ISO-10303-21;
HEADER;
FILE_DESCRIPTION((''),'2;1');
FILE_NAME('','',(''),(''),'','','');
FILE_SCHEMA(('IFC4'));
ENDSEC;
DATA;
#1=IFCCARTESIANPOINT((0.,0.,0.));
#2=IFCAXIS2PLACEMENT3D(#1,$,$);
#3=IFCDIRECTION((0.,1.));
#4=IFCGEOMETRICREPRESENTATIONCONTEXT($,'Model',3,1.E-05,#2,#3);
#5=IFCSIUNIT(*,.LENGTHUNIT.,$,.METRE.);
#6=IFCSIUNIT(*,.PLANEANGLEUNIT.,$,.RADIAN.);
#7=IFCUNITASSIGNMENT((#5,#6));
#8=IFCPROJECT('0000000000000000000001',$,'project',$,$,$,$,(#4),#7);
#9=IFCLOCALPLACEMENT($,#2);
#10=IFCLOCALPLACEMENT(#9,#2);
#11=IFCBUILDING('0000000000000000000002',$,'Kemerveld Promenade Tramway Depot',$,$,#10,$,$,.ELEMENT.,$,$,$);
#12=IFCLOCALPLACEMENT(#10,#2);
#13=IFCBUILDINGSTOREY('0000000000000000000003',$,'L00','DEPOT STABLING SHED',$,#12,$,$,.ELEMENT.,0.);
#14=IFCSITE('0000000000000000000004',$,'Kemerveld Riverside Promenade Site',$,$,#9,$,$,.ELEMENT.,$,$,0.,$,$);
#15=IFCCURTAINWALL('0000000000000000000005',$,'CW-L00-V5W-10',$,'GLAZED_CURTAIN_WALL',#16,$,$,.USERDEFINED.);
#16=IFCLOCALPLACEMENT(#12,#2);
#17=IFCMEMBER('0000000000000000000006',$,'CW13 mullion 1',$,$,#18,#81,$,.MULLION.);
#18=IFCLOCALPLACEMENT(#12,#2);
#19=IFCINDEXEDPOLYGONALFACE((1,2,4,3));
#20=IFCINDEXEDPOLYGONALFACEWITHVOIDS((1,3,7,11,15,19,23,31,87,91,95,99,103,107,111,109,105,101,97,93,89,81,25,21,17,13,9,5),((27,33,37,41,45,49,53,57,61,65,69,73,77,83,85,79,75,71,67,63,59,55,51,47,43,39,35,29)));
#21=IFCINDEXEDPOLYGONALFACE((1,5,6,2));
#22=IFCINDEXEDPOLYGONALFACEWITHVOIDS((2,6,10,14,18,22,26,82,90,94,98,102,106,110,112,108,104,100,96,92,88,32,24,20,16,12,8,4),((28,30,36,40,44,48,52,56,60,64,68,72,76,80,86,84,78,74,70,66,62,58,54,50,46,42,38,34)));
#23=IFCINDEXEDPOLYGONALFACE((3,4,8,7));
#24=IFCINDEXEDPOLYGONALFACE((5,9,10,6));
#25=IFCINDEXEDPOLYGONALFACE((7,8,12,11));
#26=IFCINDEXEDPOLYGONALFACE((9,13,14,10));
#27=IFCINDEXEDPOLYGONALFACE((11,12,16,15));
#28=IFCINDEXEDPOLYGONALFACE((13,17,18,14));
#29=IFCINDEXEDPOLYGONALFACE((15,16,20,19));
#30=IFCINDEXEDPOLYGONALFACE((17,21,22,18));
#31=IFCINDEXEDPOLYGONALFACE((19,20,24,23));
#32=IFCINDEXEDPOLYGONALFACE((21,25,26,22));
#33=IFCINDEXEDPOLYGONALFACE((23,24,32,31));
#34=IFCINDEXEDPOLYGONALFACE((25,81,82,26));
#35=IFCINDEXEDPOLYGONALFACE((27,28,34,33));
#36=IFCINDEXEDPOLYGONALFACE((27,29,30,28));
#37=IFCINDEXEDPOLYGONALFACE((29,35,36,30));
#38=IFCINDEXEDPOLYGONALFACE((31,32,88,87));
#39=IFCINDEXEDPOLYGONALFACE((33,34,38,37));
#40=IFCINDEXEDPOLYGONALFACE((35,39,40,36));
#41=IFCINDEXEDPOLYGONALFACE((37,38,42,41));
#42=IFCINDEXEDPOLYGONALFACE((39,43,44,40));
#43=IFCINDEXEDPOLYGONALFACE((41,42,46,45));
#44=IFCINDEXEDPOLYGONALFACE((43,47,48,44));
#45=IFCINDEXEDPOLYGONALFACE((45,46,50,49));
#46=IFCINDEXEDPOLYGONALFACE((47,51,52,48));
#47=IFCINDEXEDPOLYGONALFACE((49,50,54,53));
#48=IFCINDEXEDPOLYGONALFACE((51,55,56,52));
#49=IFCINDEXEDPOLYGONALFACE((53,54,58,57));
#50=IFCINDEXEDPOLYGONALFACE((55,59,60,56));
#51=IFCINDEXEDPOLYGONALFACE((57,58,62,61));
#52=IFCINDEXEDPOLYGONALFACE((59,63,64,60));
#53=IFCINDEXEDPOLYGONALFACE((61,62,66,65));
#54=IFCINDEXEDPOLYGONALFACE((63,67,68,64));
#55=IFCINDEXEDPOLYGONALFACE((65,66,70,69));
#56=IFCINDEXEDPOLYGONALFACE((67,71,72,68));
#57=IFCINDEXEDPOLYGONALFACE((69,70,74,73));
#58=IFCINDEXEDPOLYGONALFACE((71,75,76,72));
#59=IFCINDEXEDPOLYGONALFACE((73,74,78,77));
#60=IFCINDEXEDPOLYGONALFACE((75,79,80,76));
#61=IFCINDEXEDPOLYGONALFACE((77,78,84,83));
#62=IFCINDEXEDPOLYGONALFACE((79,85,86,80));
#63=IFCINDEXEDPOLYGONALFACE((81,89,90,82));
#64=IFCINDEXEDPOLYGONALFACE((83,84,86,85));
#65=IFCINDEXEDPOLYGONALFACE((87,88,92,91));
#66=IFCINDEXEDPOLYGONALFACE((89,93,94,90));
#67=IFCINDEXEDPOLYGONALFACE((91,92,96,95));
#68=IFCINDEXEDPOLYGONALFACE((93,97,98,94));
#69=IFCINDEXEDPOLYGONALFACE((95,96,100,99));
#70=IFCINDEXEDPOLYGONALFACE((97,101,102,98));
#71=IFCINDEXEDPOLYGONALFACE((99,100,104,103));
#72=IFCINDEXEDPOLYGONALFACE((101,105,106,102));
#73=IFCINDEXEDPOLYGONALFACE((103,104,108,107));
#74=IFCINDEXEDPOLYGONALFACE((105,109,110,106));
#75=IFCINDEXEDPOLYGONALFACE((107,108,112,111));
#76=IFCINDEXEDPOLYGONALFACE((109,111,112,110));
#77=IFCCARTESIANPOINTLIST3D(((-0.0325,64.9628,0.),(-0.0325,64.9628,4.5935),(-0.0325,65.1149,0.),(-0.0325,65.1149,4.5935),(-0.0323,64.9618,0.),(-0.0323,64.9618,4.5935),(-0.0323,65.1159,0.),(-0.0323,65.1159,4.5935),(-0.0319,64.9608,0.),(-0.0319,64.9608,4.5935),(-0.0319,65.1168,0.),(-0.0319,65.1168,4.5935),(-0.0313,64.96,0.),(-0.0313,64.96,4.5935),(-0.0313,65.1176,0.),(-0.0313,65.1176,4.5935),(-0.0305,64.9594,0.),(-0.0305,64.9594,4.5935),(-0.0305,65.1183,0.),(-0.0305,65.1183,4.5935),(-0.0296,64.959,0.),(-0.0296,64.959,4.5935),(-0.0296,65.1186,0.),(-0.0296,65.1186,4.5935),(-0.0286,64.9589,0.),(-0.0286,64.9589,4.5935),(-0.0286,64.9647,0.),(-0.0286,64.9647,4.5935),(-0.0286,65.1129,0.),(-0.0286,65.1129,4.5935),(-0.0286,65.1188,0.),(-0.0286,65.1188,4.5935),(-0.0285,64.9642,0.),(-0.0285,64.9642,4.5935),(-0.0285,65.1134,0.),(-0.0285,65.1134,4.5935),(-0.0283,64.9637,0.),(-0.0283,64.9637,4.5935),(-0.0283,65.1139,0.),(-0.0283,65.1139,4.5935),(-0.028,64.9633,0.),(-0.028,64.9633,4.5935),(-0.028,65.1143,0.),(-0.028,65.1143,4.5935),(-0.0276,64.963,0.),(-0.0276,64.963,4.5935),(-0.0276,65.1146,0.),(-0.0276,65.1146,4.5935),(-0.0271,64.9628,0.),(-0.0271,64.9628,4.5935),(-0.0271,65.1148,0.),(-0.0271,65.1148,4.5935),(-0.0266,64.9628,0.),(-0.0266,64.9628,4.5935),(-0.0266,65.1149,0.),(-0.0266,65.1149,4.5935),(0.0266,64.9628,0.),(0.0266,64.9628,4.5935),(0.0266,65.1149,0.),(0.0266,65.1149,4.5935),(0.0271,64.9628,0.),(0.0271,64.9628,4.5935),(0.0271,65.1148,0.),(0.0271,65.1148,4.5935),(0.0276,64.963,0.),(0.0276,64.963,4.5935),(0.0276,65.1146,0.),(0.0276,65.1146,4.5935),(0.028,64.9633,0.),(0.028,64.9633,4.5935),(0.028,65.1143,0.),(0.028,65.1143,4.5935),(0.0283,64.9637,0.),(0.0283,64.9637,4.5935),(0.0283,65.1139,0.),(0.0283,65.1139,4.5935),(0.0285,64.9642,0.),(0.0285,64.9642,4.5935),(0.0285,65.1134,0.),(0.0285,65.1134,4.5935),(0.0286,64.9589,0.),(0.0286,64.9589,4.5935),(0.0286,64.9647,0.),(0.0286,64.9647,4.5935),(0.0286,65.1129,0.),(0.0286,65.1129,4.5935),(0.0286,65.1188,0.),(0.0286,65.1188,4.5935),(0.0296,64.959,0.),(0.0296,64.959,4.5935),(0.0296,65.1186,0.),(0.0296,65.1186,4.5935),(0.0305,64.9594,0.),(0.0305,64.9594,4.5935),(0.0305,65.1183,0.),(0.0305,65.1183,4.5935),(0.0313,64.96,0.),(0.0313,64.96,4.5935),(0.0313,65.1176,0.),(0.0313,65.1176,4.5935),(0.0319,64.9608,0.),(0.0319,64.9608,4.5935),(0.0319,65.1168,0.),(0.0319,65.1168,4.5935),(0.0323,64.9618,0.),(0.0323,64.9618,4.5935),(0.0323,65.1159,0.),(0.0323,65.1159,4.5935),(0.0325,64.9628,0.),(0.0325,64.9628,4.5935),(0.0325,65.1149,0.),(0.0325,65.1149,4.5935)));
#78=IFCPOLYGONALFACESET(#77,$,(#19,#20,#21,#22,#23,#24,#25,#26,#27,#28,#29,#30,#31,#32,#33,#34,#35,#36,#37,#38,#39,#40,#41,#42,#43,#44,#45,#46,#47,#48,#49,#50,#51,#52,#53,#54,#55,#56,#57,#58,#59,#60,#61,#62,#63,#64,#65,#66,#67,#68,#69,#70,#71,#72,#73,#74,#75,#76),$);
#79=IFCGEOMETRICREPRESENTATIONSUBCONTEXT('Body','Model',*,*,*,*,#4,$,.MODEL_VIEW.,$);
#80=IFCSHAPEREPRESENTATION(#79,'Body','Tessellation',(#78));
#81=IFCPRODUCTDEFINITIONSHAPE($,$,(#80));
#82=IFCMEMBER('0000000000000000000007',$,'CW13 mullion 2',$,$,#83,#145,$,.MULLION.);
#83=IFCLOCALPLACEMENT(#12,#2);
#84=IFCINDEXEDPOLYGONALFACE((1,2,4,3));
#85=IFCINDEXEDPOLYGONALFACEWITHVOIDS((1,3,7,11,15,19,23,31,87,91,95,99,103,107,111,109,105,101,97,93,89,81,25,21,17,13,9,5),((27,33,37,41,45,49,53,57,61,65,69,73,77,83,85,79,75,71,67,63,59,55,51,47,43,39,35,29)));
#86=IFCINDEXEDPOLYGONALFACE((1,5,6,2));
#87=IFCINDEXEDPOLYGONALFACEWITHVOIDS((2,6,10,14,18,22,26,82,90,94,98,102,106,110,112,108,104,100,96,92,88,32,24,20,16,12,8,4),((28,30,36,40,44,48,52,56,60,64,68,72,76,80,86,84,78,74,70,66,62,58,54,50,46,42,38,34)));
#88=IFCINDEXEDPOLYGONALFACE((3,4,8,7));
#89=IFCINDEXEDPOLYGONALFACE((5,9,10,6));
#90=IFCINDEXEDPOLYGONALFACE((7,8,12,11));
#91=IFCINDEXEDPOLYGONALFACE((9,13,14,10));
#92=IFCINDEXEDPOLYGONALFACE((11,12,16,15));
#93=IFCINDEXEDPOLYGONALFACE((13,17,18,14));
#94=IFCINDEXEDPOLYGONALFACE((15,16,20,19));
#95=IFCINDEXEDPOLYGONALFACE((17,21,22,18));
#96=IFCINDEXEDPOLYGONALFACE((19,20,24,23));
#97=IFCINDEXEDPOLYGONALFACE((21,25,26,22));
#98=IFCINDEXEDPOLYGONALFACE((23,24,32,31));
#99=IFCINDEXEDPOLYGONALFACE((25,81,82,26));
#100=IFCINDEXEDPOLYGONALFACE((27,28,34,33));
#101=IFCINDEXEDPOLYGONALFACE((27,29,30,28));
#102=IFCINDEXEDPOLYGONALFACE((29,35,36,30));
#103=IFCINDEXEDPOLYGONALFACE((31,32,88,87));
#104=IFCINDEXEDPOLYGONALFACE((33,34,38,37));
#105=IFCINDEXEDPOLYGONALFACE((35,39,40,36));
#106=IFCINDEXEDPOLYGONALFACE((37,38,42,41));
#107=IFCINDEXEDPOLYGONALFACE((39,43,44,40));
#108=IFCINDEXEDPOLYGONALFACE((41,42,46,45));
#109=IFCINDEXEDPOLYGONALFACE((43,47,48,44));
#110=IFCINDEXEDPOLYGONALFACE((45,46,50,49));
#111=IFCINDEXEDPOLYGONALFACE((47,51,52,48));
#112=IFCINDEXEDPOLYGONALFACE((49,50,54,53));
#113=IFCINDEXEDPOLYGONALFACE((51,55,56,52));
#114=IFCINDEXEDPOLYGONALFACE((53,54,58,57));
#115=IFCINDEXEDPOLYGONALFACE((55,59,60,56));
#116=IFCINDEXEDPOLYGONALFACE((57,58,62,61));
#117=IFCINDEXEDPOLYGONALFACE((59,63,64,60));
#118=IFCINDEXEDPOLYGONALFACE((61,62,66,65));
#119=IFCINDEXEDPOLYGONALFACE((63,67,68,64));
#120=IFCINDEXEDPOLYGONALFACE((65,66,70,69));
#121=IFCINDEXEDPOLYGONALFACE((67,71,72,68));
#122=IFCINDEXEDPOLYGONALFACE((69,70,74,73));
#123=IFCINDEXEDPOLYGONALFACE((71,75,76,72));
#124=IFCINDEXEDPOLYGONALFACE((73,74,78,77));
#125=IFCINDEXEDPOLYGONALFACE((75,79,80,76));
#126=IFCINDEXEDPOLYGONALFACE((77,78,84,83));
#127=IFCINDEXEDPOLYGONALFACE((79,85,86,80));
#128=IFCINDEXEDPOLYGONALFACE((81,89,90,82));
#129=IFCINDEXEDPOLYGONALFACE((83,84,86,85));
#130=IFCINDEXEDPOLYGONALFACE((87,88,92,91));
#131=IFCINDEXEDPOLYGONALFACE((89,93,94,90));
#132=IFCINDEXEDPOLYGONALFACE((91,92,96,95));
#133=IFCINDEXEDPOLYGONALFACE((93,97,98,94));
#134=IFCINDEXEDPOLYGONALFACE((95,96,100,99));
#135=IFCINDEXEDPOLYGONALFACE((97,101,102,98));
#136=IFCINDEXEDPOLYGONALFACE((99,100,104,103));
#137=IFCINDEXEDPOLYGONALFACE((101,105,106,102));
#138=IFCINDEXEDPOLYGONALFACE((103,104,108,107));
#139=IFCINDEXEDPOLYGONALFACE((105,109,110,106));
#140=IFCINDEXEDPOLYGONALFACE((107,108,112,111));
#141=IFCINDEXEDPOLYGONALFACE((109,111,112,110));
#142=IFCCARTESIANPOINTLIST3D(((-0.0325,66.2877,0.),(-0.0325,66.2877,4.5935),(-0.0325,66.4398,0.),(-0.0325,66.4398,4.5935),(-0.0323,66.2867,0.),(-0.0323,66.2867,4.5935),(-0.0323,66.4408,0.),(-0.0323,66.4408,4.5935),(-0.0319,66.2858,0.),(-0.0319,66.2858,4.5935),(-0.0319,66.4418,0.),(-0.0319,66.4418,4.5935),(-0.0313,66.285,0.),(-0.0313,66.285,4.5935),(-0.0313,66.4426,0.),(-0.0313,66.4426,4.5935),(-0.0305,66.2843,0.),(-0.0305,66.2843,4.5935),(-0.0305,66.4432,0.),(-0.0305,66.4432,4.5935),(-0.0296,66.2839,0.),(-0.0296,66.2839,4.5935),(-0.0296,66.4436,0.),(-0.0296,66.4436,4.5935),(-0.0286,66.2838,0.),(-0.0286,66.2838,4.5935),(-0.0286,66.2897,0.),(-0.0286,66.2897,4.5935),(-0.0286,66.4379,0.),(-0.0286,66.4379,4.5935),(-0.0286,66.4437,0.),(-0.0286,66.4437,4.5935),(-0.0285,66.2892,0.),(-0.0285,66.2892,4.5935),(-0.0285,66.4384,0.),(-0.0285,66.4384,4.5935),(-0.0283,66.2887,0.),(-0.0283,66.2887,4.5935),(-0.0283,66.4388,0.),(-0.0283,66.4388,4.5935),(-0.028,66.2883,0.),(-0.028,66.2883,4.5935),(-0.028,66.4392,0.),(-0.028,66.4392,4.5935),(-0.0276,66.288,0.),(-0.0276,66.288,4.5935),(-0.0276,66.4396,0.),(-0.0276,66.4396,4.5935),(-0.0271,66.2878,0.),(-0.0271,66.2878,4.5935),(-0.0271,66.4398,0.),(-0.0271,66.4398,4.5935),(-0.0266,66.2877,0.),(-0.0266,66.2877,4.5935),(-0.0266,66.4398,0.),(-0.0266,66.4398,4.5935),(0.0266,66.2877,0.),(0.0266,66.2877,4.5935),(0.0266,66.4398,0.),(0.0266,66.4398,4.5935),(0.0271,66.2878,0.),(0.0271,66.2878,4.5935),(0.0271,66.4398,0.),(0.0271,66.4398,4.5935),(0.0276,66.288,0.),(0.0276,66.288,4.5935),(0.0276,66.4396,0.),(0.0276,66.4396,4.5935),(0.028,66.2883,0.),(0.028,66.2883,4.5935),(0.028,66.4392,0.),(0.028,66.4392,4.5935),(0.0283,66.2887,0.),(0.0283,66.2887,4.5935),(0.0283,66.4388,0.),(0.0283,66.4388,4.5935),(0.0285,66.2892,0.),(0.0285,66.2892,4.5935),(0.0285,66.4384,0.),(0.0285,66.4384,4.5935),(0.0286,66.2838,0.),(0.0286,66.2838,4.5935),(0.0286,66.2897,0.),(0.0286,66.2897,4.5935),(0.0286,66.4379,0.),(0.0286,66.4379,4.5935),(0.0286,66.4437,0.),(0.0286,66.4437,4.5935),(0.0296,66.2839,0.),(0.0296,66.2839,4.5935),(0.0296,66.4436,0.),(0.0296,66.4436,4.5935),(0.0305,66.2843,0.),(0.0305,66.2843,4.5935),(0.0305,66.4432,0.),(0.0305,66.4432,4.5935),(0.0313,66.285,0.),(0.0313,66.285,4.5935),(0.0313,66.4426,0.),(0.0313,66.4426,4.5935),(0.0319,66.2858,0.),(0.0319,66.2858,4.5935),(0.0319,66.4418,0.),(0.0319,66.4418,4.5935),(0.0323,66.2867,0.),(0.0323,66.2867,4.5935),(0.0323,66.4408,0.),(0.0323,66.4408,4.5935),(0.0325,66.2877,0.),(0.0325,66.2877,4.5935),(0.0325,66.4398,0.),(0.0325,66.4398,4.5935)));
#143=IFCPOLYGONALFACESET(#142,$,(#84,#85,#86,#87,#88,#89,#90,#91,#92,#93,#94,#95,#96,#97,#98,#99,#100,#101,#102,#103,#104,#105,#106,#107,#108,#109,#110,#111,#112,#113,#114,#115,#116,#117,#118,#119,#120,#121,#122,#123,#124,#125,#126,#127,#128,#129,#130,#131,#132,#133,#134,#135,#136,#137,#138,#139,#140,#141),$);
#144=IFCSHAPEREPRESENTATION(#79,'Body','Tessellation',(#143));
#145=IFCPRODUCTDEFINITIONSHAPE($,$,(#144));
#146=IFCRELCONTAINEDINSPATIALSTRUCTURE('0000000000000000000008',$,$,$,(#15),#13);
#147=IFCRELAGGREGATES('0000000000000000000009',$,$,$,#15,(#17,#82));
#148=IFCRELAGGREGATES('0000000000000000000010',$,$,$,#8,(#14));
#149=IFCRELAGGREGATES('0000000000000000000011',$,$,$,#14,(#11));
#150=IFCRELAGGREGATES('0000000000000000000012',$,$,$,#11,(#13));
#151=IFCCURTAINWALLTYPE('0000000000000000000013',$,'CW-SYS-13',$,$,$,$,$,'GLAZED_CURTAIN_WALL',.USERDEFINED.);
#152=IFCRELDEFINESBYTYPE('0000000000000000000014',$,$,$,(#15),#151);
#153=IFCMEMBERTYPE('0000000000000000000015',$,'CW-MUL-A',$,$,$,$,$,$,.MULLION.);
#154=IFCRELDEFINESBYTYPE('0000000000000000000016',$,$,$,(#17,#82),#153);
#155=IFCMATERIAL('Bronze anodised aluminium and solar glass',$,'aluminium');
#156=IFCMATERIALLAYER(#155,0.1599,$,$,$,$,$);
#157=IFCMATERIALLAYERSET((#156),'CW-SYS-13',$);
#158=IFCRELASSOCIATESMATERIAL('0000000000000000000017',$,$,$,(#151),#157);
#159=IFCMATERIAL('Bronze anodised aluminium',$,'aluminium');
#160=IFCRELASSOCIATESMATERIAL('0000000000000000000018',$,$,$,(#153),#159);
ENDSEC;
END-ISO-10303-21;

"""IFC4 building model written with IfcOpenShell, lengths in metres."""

from ifc_helpers import new_model, si_unit, direction, frame, origin, origin_2d, place, context, subcontext, project, spatial, hollow_rectangle, extrude, material, layer, layer_set, material_profile, profile_set, type_object, element, aggregate, save


model = new_model("IFC4")

# Units and contexts
model_context = context("Model", 3, precision=1e-05, world=origin(), true_north=direction((0.0, 1.0)))
body_context = subcontext(model_context, "Body", "Model", "MODEL_VIEW")
ifc_project = project(units=[si_unit("LENGTHUNIT", "METRE"), si_unit("PLANEANGLEUNIT", "RADIAN")], contexts=[model_context])

# Site, building, storey
site_placement = place(None, origin())
site = spatial("IfcSite", under=ifc_project, at=site_placement, Name="Kemerveld Riverside Promenade Site", CompositionType="ELEMENT", RefElevation=0.0)
building_placement = place(site_placement, origin())
building = spatial("IfcBuilding", under=site, at=building_placement, Name="Kemerveld Promenade Tramway Depot", CompositionType="ELEMENT")
storey_placement = place(building_placement, origin())
storey = spatial("IfcBuildingStorey", under=building, at=storey_placement, Name="L00", Description="DEPOT STABLING SHED", CompositionType="ELEMENT", Elevation=0.0)

# Curtain wall, members
ifc_material_1 = material(Name="Bronze anodised aluminium and solar glass", Category="aluminium")
ifc_layer_1 = layer(ifc_material_1, 0.1599)
ifc_layer_set_1 = layer_set([ifc_layer_1], Name="CW-SYS-13")
curtain_wall_type = type_object("IfcCurtainWallType", Name="CW-SYS-13", ElementType="GLAZED_CURTAIN_WALL", PredefinedType="USERDEFINED", material=ifc_layer_set_1)
curtain_wall_placement = place(storey_placement, origin())
curtain_wall = element("IfcCurtainWall", 1, at=curtain_wall_placement, inside=storey, type_object=curtain_wall_type, Name="CW-L00-V5W-10", ObjectType="GLAZED_CURTAIN_WALL", PredefinedType="USERDEFINED")
ifc_material_2 = material(Name="Bronze anodised aluminium", Category="aluminium")
ifc_material_profile_1 = material_profile(ifc_material_2, hollow_rectangle(XDim=0.0649, YDim=0.1599, WallThickness=0.0039, InnerFilletRadius=0.002, OuterFilletRadius=0.0039, at=origin_2d()), Name="CW-MUL-160x65")
ifc_profile_set_1 = profile_set([ifc_material_profile_1], Name="Bronze anodised aluminium")
member_type_1 = type_object("IfcMemberType", Name="CW-MUL-A", PredefinedType="MULLION", material=ifc_profile_set_1)
member_1_placement = place(storey_placement, frame((0.0, 65.0388, 0.0), z_axis=(0.0, 0.0, 1.0), x_axis=(-1.0, 0.0, 0.0)))
member_1 = element("IfcMember", 2, at=member_1_placement, type_object=member_type_1, Name="CW13 mullion 1", PredefinedType="MULLION", context=body_context, shape_type="SweptSolid", body=[
    extrude(hollow_rectangle(XDim=0.0649, YDim=0.1599, WallThickness=0.0039, InnerFilletRadius=0.002, OuterFilletRadius=0.0039, at=origin_2d()), origin(), (0.0, 0.0, 1.0), 4.5935),
])
member_2_placement = place(storey_placement, frame((0.0, 66.3638, 0.0), z_axis=(0.0, 0.0, 1.0), x_axis=(-1.0, 0.0, 0.0)))
member_2 = element("IfcMember", 3, at=member_2_placement, type_object=member_type_1, Name="CW13 mullion 2", PredefinedType="MULLION", context=body_context, shape_type="SweptSolid", body=[
    extrude(hollow_rectangle(XDim=0.0649, YDim=0.1599, WallThickness=0.0039, InnerFilletRadius=0.002, OuterFilletRadius=0.0039, at=origin_2d()), origin(), (0.0, 0.0, 1.0), 4.5935),
])
aggregate(curtain_wall, [member_1, member_2])

save(model, "model.ifc")
